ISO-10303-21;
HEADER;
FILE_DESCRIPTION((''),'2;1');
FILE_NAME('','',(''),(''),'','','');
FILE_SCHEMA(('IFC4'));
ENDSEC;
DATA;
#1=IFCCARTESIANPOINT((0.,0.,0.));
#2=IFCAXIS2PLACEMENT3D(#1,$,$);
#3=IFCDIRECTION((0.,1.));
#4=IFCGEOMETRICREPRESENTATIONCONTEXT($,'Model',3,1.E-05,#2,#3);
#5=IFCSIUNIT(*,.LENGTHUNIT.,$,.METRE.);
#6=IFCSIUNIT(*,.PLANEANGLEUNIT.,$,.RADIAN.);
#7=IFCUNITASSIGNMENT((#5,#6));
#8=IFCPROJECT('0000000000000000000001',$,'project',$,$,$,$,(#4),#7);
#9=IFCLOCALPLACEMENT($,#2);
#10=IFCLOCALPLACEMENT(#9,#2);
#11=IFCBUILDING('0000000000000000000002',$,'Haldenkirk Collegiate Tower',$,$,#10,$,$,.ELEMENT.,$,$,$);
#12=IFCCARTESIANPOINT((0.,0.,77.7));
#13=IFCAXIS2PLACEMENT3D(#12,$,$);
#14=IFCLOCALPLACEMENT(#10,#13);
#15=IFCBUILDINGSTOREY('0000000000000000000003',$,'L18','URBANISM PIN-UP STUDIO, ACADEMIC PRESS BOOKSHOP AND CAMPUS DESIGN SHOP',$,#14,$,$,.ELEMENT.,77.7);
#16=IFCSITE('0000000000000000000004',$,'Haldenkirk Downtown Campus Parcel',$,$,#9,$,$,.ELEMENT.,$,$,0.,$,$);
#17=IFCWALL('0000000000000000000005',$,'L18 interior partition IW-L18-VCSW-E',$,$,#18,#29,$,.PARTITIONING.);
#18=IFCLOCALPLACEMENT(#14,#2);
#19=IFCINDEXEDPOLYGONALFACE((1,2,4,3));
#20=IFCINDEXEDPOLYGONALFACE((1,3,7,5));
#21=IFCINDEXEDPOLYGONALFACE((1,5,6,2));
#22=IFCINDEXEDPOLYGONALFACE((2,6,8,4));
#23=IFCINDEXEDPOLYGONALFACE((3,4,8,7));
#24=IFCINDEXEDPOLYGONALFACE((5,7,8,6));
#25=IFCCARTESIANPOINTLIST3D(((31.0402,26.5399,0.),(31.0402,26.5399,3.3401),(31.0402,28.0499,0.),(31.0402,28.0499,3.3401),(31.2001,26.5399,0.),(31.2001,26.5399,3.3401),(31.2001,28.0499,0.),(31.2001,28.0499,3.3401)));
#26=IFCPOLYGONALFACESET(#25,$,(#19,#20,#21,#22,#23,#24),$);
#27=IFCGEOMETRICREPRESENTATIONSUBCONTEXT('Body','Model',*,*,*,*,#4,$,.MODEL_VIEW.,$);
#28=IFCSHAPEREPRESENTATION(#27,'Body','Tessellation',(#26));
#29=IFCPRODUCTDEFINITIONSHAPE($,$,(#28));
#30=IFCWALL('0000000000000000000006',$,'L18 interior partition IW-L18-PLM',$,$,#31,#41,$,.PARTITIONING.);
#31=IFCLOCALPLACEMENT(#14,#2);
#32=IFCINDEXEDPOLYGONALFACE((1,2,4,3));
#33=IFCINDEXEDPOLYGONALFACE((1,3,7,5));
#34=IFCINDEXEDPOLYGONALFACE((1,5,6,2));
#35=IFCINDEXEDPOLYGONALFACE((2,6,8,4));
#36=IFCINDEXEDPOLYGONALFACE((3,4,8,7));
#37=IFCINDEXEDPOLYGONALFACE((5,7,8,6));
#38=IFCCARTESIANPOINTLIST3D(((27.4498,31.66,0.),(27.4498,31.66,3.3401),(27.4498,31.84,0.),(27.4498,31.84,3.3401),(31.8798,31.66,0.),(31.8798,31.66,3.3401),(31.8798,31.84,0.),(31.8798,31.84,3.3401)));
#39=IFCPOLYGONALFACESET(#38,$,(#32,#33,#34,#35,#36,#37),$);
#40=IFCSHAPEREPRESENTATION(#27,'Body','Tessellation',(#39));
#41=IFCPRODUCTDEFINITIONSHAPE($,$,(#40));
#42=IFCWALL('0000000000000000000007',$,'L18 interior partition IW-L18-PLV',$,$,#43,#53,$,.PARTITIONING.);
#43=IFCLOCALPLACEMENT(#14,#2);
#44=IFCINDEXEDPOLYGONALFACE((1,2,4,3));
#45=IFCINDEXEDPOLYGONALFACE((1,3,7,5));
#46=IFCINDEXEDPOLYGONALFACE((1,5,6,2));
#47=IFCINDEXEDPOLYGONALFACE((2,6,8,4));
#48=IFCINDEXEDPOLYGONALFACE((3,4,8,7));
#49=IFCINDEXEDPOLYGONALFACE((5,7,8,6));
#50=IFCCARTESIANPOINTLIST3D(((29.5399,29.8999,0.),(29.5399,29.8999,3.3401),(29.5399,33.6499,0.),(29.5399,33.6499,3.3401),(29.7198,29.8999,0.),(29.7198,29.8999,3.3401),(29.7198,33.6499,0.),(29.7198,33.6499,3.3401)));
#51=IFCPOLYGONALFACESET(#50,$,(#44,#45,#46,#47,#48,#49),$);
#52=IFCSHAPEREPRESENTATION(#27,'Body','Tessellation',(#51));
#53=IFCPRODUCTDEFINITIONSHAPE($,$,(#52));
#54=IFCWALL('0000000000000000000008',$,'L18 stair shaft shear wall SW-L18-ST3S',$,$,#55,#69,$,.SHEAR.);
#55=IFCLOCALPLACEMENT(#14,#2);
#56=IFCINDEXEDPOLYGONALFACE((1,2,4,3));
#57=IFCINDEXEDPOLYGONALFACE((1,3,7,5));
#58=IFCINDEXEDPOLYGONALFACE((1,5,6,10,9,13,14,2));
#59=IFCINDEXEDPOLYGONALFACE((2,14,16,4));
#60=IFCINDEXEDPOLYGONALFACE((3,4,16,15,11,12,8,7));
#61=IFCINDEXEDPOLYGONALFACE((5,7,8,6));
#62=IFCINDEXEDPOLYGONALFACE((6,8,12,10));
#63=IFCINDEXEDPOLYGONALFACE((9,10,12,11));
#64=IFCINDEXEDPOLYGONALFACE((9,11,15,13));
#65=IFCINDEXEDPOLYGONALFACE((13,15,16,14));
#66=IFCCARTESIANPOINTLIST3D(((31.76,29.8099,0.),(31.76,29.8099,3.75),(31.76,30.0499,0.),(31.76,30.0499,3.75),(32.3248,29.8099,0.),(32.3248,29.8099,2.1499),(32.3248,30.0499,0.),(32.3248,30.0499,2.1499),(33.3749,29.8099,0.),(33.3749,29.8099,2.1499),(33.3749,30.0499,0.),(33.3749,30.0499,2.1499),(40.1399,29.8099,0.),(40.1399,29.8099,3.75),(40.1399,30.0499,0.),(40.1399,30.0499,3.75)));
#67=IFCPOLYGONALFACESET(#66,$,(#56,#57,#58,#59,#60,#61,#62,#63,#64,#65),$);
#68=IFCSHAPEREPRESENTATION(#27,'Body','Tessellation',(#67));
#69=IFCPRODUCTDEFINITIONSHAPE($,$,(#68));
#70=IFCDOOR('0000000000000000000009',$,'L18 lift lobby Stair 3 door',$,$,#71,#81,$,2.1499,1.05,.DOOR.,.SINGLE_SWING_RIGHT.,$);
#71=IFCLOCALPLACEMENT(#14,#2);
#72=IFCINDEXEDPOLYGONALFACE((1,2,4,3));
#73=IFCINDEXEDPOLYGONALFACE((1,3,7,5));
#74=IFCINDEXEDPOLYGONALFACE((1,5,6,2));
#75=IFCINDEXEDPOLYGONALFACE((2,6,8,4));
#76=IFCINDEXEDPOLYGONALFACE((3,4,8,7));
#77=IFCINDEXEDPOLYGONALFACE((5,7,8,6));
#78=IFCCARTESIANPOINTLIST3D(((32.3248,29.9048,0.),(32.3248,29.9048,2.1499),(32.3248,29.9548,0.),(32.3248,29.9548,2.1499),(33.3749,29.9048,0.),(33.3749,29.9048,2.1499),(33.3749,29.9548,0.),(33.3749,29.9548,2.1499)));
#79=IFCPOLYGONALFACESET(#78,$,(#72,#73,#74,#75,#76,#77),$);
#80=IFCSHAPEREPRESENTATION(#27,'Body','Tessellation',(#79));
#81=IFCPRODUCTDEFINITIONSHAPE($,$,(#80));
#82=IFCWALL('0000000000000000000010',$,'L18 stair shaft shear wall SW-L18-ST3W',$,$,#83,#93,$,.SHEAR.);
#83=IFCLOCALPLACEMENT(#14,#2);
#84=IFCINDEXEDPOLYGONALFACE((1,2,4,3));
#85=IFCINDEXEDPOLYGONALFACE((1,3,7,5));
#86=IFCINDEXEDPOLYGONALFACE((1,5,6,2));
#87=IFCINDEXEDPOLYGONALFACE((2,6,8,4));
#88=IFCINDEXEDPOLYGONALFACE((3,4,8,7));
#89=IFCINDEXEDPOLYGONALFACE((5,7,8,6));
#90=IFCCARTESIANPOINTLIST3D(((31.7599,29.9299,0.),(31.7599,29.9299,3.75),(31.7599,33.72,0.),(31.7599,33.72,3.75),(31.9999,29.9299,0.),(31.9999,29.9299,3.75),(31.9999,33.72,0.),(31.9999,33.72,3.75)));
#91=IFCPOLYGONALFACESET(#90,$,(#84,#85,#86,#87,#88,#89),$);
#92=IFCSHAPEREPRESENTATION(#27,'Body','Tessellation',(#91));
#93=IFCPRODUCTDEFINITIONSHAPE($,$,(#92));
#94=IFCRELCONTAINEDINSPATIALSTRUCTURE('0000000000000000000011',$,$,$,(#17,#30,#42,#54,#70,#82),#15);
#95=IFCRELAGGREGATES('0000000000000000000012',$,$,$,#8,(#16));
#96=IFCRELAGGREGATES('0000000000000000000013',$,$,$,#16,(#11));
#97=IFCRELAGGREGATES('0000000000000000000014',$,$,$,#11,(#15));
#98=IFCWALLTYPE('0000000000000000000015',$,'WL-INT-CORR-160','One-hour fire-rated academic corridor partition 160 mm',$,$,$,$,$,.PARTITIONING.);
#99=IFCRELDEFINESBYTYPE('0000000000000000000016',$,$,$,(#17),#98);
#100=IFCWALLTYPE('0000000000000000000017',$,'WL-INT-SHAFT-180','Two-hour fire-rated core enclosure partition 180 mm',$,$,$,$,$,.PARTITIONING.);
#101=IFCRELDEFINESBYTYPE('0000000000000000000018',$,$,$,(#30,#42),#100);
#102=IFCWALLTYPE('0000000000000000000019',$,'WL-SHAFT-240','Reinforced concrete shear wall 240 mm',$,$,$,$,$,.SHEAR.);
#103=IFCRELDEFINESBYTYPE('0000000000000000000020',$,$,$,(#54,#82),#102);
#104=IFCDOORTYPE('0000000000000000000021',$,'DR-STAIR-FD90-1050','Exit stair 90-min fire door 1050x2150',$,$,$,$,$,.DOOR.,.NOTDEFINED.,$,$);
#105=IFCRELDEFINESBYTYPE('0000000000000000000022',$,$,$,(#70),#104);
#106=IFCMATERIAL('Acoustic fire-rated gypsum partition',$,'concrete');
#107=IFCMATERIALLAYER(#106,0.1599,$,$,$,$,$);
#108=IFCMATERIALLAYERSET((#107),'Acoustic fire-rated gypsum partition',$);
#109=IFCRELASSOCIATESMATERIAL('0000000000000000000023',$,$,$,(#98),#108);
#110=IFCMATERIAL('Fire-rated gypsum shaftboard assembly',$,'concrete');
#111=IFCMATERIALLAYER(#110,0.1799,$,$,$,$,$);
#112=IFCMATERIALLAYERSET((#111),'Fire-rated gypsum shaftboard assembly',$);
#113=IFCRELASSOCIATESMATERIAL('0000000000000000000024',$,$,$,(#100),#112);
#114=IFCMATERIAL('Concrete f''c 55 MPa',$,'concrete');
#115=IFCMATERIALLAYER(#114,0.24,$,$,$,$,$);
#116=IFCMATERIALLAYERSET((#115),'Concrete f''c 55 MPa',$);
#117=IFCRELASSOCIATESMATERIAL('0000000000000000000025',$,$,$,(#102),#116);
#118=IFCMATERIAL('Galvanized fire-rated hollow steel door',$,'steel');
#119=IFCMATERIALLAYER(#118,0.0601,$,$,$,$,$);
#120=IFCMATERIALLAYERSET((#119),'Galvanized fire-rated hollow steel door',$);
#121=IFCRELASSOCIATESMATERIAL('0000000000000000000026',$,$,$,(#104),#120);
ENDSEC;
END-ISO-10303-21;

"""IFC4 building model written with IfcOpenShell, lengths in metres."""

from ifc_helpers import new_model, si_unit, direction, frame, frame_2d, origin, place, context, subcontext, project, spatial, rectangle, extrude, material, layer, layer_set, type_object, element, fill, save


model = new_model("IFC4")

# Units and contexts
model_context = context("Model", 3, precision=1e-05, world=origin(), true_north=direction((0.0, 1.0)))
body_context = subcontext(model_context, "Body", "Model", "MODEL_VIEW")
ifc_project = project(units=[si_unit("LENGTHUNIT", "METRE"), si_unit("PLANEANGLEUNIT", "RADIAN")], contexts=[model_context])

# Site, building, storey
site_placement = place(None, origin())
site = spatial("IfcSite", under=ifc_project, at=site_placement, Name="Haldenkirk Downtown Campus Parcel", CompositionType="ELEMENT", RefElevation=0.0)
building_placement = place(site_placement, origin())
building = spatial("IfcBuilding", under=site, at=building_placement, Name="Haldenkirk Collegiate Tower", CompositionType="ELEMENT")
storey_placement = place(building_placement, frame((0.0, 0.0, 77.7)))
storey = spatial("IfcBuildingStorey", under=building, at=storey_placement, Name="L18", Description="URBANISM PIN-UP STUDIO, ACADEMIC PRESS BOOKSHOP AND CAMPUS DESIGN SHOP", CompositionType="ELEMENT", Elevation=77.7)

# Shared definitions
ifc_material_1 = material(Name="Acoustic fire-rated gypsum partition", Category="concrete")
ifc_layer_1 = layer(ifc_material_1, 0.1599)
ifc_layer_set_1 = layer_set([ifc_layer_1], Name="Acoustic fire-rated gypsum partition")
wall_type_1 = type_object("IfcWallType", Name="WL-INT-CORR-160", Description="One-hour fire-rated academic corridor partition 160 mm", PredefinedType="PARTITIONING", material=ifc_layer_set_1)

# Wall
wall_1_placement = place(storey_placement, frame((31.1201, 26.54, 0.0), z_axis=(0.0, 0.0, 1.0), x_axis=(0.0, 1.0, 0.0)))
element("IfcWall", 1, at=wall_1_placement, inside=storey, type_object=wall_type_1, Name="L18 interior partition IW-L18-VCSW-E", PredefinedType="PARTITIONING", context=body_context, shape_type="SweptSolid", body=[
    extrude(rectangle(XDim=1.51, YDim=0.1599, at=frame_2d((0.7549, 0.0))), origin(), (0.0, 0.0, 1.0), 3.3401),
])

# Shared definitions
ifc_material_2 = material(Name="Fire-rated gypsum shaftboard assembly", Category="concrete")
ifc_layer_2 = layer(ifc_material_2, 0.1799)
ifc_layer_set_2 = layer_set([ifc_layer_2], Name="Fire-rated gypsum shaftboard assembly")
wall_type_2 = type_object("IfcWallType", Name="WL-INT-SHAFT-180", Description="Two-hour fire-rated core enclosure partition 180 mm", PredefinedType="PARTITIONING", material=ifc_layer_set_2)

# Walls
wall_2_placement = place(storey_placement, frame((27.45, 31.75, 0.0), z_axis=(0.0, 0.0, 1.0), x_axis=(1.0, 0.0, 0.0)))
element("IfcWall", 2, at=wall_2_placement, inside=storey, type_object=wall_type_2, Name="L18 interior partition IW-L18-PLM", PredefinedType="PARTITIONING", context=body_context, shape_type="SweptSolid", body=[
    extrude(rectangle(XDim=4.4299, YDim=0.1799, at=frame_2d((2.2148, 0.0))), origin(), (0.0, 0.0, 1.0), 3.3401),
])
wall_3_placement = place(storey_placement, frame((29.6299, 29.8999, 0.0), z_axis=(0.0, 0.0, 1.0), x_axis=(0.0, 1.0, 0.0)))
element("IfcWall", 3, at=wall_3_placement, inside=storey, type_object=wall_type_2, Name="L18 interior partition IW-L18-PLV", PredefinedType="PARTITIONING", context=body_context, shape_type="SweptSolid", body=[
    extrude(rectangle(XDim=3.75, YDim=0.1799, at=frame_2d((1.875, 0.0))), origin(), (0.0, 0.0, 1.0), 3.3401),
])

# Wall, opening, door
ifc_material_3 = material(Name="Concrete f'c 55 MPa", Category="concrete")
ifc_layer_3 = layer(ifc_material_3, 0.24)
ifc_layer_set_3 = layer_set([ifc_layer_3], Name="Concrete f'c 55 MPa")
wall_type_3 = type_object("IfcWallType", Name="WL-SHAFT-240", Description="Reinforced concrete shear wall 240 mm", PredefinedType="SHEAR", material=ifc_layer_set_3)
wall_4_placement = place(storey_placement, frame((31.76, 29.9299, 0.0), z_axis=(0.0, 0.0, 1.0), x_axis=(1.0, 0.0, 0.0)))
wall_4 = element("IfcWall", 4, at=wall_4_placement, inside=storey, type_object=wall_type_3, Name="L18 stair shaft shear wall SW-L18-ST3S", PredefinedType="SHEAR", context=body_context, shape_type="SweptSolid", body=[
    extrude(rectangle(XDim=8.3799, YDim=0.24, at=frame_2d((4.1899, 0.0))), origin(), (0.0, 0.0, 1.0), 3.75),
])
opening_1_placement = place(wall_4_placement, frame((0.5649, 0.0, 0.0)))
opening_1 = element("IfcOpeningElement", 5, at=opening_1_placement, cuts=wall_4, PredefinedType="OPENING", context=body_context, shape_type="SweptSolid", body=[
    extrude(rectangle(XDim=1.05, YDim=2.1499, at=frame_2d((0.5249, 1.075))), frame((0.0, 0.1299, 0.0), z_axis=(0.0, -1.0, 0.0), x_axis=(1.0, 0.0, 0.0)), (0.0, 0.0, 1.0), 0.26),
])
ifc_material_4 = material(Name="Galvanized fire-rated hollow steel door", Category="steel")
ifc_layer_4 = layer(ifc_material_4, 0.0601)
ifc_layer_set_4 = layer_set([ifc_layer_4], Name="Galvanized fire-rated hollow steel door")
door_type_1 = type_object("IfcDoorType", Name="DR-STAIR-FD90-1050", Description="Exit stair 90-min fire door 1050x2150", OperationType="NOTDEFINED", PredefinedType="DOOR", material=ifc_layer_set_4)
door_1_placement = place(opening_1_placement, origin())
door_1 = element("IfcDoor", 6, at=door_1_placement, inside=storey, type_object=door_type_1, Name="L18 lift lobby Stair 3 door", OperationType="SINGLE_SWING_RIGHT", OverallHeight=2.1499, OverallWidth=1.05, PredefinedType="DOOR", context=body_context, shape_type="SweptSolid", body=[
    extrude(rectangle(XDim=1.05, YDim=2.1499, at=frame_2d((0.5249, 1.075))), frame((0.0, 0.0249, 0.0), z_axis=(0.0, -1.0, 0.0), x_axis=(1.0, 0.0, 0.0)), (0.0, 0.0, 1.0), 0.05),
])
fill(opening_1, door_1)

# Wall
wall_5_placement = place(storey_placement, frame((31.8799, 29.9299, 0.0), z_axis=(0.0, 0.0, 1.0), x_axis=(0.0, 1.0, 0.0)))
element("IfcWall", 7, at=wall_5_placement, inside=storey, type_object=wall_type_3, Name="L18 stair shaft shear wall SW-L18-ST3W", PredefinedType="SHEAR", context=body_context, shape_type="SweptSolid", body=[
    extrude(rectangle(XDim=3.79, YDim=0.24, at=frame_2d((1.895, 0.0))), origin(), (0.0, 0.0, 1.0), 3.75),
])

save(model, "model.ifc")
